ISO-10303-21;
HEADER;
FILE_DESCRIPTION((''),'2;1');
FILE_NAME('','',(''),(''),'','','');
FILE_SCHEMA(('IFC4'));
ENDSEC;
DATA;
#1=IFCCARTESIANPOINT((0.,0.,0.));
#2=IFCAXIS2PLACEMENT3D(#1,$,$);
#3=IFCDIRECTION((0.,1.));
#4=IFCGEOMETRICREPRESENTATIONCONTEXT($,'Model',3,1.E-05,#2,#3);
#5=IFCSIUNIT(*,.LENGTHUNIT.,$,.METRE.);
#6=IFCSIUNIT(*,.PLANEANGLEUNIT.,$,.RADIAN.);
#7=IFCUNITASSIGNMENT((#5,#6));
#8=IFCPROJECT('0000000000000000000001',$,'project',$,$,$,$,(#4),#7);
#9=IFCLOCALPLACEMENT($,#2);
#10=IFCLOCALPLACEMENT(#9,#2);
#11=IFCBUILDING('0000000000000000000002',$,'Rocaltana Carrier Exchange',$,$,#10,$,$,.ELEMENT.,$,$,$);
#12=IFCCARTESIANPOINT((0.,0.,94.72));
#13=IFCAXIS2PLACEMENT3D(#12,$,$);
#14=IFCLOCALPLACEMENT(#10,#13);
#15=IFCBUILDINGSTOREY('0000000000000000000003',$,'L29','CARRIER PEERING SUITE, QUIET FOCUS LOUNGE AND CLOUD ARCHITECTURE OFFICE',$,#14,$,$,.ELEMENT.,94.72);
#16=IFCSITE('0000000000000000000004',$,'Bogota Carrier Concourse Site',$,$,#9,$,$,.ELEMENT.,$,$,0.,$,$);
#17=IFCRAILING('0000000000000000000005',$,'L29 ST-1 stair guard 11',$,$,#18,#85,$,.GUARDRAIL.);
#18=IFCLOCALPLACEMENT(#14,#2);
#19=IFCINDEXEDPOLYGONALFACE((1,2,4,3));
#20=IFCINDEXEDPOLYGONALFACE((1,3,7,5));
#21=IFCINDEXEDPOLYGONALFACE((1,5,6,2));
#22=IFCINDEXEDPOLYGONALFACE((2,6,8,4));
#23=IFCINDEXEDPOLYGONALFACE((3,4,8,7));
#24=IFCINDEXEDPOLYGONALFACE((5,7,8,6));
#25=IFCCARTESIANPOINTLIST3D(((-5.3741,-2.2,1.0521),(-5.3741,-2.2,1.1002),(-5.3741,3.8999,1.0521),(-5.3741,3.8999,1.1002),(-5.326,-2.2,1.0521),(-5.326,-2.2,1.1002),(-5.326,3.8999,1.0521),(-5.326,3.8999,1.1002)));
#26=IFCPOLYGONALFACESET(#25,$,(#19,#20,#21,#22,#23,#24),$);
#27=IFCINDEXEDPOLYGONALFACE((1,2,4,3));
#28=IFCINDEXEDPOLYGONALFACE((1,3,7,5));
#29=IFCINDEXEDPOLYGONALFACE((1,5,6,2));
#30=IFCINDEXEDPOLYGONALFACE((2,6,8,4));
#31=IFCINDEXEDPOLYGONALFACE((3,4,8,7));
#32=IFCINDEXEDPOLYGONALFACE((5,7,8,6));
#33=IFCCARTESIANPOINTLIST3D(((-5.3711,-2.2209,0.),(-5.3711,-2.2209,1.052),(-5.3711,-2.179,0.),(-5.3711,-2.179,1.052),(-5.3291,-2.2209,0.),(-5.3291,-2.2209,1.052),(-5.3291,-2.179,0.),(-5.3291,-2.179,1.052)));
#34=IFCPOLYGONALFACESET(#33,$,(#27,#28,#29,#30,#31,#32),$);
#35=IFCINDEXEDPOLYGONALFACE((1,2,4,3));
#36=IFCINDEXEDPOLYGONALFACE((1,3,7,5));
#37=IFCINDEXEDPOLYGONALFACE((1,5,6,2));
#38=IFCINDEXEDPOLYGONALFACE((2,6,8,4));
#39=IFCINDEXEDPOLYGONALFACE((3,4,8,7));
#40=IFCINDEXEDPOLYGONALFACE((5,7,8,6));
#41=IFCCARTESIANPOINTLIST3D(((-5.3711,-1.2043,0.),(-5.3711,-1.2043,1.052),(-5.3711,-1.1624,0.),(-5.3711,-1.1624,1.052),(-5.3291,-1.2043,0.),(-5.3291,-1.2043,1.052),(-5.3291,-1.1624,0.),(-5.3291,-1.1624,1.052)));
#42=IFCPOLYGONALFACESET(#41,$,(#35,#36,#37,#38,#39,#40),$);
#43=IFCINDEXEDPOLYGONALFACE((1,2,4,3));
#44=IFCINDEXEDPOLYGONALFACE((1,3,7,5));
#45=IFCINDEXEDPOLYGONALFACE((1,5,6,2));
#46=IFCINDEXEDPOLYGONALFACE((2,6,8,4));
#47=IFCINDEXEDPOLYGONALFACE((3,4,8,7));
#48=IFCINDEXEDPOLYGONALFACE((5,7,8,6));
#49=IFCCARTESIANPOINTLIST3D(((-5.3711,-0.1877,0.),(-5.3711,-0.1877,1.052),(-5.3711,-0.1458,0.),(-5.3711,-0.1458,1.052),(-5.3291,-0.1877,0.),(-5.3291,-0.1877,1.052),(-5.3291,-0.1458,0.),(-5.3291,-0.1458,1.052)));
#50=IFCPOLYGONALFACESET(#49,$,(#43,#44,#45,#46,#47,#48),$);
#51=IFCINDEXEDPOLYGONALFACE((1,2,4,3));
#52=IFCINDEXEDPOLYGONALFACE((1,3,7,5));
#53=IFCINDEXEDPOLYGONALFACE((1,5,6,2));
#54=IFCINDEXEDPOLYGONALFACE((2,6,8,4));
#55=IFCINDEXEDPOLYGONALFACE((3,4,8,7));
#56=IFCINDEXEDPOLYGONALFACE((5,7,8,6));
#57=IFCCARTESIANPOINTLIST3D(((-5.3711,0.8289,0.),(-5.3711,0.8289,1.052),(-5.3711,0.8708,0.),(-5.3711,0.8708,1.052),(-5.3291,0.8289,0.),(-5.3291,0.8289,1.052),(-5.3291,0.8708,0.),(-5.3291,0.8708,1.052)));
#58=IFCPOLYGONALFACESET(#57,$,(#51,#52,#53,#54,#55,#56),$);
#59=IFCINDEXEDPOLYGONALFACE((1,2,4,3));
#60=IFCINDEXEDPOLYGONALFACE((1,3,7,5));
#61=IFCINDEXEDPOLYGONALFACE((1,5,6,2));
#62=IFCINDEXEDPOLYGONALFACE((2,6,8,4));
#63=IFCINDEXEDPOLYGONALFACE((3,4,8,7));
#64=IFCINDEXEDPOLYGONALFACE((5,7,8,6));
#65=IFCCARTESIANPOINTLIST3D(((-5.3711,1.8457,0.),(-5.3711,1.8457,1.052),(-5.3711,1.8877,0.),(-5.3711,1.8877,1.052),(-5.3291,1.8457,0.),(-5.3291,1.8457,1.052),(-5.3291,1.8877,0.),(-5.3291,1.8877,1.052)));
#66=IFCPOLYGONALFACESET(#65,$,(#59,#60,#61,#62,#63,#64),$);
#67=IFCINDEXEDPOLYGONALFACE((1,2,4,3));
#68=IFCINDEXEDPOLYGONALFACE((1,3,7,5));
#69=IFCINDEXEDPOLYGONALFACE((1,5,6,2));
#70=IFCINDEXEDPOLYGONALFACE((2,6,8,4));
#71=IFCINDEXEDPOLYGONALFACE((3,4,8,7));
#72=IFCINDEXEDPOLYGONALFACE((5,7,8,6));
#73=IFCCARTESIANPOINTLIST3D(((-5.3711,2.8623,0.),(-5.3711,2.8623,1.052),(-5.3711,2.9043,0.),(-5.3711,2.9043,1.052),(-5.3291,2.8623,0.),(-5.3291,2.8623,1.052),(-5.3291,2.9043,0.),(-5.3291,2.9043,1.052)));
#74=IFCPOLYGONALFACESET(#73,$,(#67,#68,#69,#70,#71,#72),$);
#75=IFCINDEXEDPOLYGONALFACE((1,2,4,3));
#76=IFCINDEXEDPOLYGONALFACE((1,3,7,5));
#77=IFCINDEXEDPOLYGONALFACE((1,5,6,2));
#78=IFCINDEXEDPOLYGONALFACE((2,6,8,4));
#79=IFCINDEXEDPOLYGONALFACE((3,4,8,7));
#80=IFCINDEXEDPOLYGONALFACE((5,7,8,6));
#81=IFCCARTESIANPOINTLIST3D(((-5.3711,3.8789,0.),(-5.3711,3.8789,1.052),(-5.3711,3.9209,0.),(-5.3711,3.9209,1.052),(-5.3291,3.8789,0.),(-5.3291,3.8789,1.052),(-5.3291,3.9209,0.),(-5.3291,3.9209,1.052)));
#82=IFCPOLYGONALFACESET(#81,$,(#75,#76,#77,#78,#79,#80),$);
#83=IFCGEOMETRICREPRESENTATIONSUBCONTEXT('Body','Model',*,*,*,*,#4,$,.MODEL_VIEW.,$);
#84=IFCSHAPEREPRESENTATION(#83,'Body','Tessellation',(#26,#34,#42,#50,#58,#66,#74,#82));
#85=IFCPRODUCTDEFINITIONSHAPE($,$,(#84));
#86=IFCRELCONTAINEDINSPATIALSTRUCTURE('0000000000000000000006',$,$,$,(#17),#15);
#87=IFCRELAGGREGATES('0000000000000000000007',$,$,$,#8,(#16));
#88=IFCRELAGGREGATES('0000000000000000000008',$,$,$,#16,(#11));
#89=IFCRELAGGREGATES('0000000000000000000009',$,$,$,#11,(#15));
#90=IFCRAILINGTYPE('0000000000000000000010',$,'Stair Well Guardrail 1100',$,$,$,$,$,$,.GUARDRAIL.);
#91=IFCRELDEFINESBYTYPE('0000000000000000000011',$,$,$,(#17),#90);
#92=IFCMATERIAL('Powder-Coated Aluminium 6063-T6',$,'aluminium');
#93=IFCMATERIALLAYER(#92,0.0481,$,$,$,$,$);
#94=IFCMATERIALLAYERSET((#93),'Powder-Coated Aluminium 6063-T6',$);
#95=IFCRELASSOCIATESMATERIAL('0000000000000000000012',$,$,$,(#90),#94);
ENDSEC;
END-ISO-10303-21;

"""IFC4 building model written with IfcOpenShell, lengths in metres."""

from ifc_helpers import new_model, si_unit, direction, frame, origin, origin_2d, place, context, subcontext, project, spatial, rectangle, extrude, material, layer, layer_set, type_object, element, save


model = new_model("IFC4")

# Units and contexts
model_context = context("Model", 3, precision=1e-05, world=origin(), true_north=direction((0.0, 1.0)))
body_context = subcontext(model_context, "Body", "Model", "MODEL_VIEW")
ifc_project = project(units=[si_unit("LENGTHUNIT", "METRE"), si_unit("PLANEANGLEUNIT", "RADIAN")], contexts=[model_context])

# Site, building, storey
site_placement = place(None, origin())
site = spatial("IfcSite", under=ifc_project, at=site_placement, Name="Bogota Carrier Concourse Site", CompositionType="ELEMENT", RefElevation=0.0)
building_placement = place(site_placement, origin())
building = spatial("IfcBuilding", under=site, at=building_placement, Name="Rocaltana Carrier Exchange", CompositionType="ELEMENT")
storey_placement = place(building_placement, frame((0.0, 0.0, 94.72)))
storey = spatial("IfcBuildingStorey", under=building, at=storey_placement, Name="L29", Description="CARRIER PEERING SUITE, QUIET FOCUS LOUNGE AND CLOUD ARCHITECTURE OFFICE", CompositionType="ELEMENT", Elevation=94.72)

# Railing
ifc_material_1 = material(Name="Powder-Coated Aluminium 6063-T6", Category="aluminium")
ifc_layer_1 = layer(ifc_material_1, 0.0481)
ifc_layer_set_1 = layer_set([ifc_layer_1], Name="Powder-Coated Aluminium 6063-T6")
railing_type = type_object("IfcRailingType", Name="Stair Well Guardrail 1100", PredefinedType="GUARDRAIL", material=ifc_layer_set_1)
railing_1_placement = place(storey_placement, frame((-5.3501, -2.2, 0.0)))
element("IfcRailing", 1, at=railing_1_placement, inside=storey, type_object=railing_type, Name="L29 ST-1 stair guard 11", PredefinedType="GUARDRAIL", context=body_context, shape_type="SweptSolid", body=[
    extrude(rectangle(XDim=0.0481, YDim=0.0481, at=origin_2d()), frame((0.0, 0.0, 1.0762), z_axis=(0.0, 1.0, 0.0), x_axis=(-1.0, 0.0, 0.0)), (0.0, 0.0, 1.0), 6.0999),
    extrude(rectangle(XDim=0.042, YDim=0.042, at=origin_2d()), origin(), (0.0, 0.0, 1.0), 1.052),
    extrude(rectangle(XDim=0.042, YDim=0.042, at=origin_2d()), frame((0.0, 1.0166, 0.0)), (0.0, 0.0, 1.0), 1.052),
    extrude(rectangle(XDim=0.042, YDim=0.042, at=origin_2d()), frame((0.0, 2.0332, 0.0)), (0.0, 0.0, 1.0), 1.052),
    extrude(rectangle(XDim=0.042, YDim=0.042, at=origin_2d()), frame((0.0, 3.0498, 0.0)), (0.0, 0.0, 1.0), 1.052),
    extrude(rectangle(XDim=0.042, YDim=0.042, at=origin_2d()), frame((0.0, 4.0667, 0.0)), (0.0, 0.0, 1.0), 1.052),
    extrude(rectangle(XDim=0.042, YDim=0.042, at=origin_2d()), frame((0.0, 5.0833, 0.0)), (0.0, 0.0, 1.0), 1.052),
    extrude(rectangle(XDim=0.042, YDim=0.042, at=origin_2d()), frame((0.0, 6.0999, 0.0)), (0.0, 0.0, 1.0), 1.052),
])

save(model, "model.ifc")
